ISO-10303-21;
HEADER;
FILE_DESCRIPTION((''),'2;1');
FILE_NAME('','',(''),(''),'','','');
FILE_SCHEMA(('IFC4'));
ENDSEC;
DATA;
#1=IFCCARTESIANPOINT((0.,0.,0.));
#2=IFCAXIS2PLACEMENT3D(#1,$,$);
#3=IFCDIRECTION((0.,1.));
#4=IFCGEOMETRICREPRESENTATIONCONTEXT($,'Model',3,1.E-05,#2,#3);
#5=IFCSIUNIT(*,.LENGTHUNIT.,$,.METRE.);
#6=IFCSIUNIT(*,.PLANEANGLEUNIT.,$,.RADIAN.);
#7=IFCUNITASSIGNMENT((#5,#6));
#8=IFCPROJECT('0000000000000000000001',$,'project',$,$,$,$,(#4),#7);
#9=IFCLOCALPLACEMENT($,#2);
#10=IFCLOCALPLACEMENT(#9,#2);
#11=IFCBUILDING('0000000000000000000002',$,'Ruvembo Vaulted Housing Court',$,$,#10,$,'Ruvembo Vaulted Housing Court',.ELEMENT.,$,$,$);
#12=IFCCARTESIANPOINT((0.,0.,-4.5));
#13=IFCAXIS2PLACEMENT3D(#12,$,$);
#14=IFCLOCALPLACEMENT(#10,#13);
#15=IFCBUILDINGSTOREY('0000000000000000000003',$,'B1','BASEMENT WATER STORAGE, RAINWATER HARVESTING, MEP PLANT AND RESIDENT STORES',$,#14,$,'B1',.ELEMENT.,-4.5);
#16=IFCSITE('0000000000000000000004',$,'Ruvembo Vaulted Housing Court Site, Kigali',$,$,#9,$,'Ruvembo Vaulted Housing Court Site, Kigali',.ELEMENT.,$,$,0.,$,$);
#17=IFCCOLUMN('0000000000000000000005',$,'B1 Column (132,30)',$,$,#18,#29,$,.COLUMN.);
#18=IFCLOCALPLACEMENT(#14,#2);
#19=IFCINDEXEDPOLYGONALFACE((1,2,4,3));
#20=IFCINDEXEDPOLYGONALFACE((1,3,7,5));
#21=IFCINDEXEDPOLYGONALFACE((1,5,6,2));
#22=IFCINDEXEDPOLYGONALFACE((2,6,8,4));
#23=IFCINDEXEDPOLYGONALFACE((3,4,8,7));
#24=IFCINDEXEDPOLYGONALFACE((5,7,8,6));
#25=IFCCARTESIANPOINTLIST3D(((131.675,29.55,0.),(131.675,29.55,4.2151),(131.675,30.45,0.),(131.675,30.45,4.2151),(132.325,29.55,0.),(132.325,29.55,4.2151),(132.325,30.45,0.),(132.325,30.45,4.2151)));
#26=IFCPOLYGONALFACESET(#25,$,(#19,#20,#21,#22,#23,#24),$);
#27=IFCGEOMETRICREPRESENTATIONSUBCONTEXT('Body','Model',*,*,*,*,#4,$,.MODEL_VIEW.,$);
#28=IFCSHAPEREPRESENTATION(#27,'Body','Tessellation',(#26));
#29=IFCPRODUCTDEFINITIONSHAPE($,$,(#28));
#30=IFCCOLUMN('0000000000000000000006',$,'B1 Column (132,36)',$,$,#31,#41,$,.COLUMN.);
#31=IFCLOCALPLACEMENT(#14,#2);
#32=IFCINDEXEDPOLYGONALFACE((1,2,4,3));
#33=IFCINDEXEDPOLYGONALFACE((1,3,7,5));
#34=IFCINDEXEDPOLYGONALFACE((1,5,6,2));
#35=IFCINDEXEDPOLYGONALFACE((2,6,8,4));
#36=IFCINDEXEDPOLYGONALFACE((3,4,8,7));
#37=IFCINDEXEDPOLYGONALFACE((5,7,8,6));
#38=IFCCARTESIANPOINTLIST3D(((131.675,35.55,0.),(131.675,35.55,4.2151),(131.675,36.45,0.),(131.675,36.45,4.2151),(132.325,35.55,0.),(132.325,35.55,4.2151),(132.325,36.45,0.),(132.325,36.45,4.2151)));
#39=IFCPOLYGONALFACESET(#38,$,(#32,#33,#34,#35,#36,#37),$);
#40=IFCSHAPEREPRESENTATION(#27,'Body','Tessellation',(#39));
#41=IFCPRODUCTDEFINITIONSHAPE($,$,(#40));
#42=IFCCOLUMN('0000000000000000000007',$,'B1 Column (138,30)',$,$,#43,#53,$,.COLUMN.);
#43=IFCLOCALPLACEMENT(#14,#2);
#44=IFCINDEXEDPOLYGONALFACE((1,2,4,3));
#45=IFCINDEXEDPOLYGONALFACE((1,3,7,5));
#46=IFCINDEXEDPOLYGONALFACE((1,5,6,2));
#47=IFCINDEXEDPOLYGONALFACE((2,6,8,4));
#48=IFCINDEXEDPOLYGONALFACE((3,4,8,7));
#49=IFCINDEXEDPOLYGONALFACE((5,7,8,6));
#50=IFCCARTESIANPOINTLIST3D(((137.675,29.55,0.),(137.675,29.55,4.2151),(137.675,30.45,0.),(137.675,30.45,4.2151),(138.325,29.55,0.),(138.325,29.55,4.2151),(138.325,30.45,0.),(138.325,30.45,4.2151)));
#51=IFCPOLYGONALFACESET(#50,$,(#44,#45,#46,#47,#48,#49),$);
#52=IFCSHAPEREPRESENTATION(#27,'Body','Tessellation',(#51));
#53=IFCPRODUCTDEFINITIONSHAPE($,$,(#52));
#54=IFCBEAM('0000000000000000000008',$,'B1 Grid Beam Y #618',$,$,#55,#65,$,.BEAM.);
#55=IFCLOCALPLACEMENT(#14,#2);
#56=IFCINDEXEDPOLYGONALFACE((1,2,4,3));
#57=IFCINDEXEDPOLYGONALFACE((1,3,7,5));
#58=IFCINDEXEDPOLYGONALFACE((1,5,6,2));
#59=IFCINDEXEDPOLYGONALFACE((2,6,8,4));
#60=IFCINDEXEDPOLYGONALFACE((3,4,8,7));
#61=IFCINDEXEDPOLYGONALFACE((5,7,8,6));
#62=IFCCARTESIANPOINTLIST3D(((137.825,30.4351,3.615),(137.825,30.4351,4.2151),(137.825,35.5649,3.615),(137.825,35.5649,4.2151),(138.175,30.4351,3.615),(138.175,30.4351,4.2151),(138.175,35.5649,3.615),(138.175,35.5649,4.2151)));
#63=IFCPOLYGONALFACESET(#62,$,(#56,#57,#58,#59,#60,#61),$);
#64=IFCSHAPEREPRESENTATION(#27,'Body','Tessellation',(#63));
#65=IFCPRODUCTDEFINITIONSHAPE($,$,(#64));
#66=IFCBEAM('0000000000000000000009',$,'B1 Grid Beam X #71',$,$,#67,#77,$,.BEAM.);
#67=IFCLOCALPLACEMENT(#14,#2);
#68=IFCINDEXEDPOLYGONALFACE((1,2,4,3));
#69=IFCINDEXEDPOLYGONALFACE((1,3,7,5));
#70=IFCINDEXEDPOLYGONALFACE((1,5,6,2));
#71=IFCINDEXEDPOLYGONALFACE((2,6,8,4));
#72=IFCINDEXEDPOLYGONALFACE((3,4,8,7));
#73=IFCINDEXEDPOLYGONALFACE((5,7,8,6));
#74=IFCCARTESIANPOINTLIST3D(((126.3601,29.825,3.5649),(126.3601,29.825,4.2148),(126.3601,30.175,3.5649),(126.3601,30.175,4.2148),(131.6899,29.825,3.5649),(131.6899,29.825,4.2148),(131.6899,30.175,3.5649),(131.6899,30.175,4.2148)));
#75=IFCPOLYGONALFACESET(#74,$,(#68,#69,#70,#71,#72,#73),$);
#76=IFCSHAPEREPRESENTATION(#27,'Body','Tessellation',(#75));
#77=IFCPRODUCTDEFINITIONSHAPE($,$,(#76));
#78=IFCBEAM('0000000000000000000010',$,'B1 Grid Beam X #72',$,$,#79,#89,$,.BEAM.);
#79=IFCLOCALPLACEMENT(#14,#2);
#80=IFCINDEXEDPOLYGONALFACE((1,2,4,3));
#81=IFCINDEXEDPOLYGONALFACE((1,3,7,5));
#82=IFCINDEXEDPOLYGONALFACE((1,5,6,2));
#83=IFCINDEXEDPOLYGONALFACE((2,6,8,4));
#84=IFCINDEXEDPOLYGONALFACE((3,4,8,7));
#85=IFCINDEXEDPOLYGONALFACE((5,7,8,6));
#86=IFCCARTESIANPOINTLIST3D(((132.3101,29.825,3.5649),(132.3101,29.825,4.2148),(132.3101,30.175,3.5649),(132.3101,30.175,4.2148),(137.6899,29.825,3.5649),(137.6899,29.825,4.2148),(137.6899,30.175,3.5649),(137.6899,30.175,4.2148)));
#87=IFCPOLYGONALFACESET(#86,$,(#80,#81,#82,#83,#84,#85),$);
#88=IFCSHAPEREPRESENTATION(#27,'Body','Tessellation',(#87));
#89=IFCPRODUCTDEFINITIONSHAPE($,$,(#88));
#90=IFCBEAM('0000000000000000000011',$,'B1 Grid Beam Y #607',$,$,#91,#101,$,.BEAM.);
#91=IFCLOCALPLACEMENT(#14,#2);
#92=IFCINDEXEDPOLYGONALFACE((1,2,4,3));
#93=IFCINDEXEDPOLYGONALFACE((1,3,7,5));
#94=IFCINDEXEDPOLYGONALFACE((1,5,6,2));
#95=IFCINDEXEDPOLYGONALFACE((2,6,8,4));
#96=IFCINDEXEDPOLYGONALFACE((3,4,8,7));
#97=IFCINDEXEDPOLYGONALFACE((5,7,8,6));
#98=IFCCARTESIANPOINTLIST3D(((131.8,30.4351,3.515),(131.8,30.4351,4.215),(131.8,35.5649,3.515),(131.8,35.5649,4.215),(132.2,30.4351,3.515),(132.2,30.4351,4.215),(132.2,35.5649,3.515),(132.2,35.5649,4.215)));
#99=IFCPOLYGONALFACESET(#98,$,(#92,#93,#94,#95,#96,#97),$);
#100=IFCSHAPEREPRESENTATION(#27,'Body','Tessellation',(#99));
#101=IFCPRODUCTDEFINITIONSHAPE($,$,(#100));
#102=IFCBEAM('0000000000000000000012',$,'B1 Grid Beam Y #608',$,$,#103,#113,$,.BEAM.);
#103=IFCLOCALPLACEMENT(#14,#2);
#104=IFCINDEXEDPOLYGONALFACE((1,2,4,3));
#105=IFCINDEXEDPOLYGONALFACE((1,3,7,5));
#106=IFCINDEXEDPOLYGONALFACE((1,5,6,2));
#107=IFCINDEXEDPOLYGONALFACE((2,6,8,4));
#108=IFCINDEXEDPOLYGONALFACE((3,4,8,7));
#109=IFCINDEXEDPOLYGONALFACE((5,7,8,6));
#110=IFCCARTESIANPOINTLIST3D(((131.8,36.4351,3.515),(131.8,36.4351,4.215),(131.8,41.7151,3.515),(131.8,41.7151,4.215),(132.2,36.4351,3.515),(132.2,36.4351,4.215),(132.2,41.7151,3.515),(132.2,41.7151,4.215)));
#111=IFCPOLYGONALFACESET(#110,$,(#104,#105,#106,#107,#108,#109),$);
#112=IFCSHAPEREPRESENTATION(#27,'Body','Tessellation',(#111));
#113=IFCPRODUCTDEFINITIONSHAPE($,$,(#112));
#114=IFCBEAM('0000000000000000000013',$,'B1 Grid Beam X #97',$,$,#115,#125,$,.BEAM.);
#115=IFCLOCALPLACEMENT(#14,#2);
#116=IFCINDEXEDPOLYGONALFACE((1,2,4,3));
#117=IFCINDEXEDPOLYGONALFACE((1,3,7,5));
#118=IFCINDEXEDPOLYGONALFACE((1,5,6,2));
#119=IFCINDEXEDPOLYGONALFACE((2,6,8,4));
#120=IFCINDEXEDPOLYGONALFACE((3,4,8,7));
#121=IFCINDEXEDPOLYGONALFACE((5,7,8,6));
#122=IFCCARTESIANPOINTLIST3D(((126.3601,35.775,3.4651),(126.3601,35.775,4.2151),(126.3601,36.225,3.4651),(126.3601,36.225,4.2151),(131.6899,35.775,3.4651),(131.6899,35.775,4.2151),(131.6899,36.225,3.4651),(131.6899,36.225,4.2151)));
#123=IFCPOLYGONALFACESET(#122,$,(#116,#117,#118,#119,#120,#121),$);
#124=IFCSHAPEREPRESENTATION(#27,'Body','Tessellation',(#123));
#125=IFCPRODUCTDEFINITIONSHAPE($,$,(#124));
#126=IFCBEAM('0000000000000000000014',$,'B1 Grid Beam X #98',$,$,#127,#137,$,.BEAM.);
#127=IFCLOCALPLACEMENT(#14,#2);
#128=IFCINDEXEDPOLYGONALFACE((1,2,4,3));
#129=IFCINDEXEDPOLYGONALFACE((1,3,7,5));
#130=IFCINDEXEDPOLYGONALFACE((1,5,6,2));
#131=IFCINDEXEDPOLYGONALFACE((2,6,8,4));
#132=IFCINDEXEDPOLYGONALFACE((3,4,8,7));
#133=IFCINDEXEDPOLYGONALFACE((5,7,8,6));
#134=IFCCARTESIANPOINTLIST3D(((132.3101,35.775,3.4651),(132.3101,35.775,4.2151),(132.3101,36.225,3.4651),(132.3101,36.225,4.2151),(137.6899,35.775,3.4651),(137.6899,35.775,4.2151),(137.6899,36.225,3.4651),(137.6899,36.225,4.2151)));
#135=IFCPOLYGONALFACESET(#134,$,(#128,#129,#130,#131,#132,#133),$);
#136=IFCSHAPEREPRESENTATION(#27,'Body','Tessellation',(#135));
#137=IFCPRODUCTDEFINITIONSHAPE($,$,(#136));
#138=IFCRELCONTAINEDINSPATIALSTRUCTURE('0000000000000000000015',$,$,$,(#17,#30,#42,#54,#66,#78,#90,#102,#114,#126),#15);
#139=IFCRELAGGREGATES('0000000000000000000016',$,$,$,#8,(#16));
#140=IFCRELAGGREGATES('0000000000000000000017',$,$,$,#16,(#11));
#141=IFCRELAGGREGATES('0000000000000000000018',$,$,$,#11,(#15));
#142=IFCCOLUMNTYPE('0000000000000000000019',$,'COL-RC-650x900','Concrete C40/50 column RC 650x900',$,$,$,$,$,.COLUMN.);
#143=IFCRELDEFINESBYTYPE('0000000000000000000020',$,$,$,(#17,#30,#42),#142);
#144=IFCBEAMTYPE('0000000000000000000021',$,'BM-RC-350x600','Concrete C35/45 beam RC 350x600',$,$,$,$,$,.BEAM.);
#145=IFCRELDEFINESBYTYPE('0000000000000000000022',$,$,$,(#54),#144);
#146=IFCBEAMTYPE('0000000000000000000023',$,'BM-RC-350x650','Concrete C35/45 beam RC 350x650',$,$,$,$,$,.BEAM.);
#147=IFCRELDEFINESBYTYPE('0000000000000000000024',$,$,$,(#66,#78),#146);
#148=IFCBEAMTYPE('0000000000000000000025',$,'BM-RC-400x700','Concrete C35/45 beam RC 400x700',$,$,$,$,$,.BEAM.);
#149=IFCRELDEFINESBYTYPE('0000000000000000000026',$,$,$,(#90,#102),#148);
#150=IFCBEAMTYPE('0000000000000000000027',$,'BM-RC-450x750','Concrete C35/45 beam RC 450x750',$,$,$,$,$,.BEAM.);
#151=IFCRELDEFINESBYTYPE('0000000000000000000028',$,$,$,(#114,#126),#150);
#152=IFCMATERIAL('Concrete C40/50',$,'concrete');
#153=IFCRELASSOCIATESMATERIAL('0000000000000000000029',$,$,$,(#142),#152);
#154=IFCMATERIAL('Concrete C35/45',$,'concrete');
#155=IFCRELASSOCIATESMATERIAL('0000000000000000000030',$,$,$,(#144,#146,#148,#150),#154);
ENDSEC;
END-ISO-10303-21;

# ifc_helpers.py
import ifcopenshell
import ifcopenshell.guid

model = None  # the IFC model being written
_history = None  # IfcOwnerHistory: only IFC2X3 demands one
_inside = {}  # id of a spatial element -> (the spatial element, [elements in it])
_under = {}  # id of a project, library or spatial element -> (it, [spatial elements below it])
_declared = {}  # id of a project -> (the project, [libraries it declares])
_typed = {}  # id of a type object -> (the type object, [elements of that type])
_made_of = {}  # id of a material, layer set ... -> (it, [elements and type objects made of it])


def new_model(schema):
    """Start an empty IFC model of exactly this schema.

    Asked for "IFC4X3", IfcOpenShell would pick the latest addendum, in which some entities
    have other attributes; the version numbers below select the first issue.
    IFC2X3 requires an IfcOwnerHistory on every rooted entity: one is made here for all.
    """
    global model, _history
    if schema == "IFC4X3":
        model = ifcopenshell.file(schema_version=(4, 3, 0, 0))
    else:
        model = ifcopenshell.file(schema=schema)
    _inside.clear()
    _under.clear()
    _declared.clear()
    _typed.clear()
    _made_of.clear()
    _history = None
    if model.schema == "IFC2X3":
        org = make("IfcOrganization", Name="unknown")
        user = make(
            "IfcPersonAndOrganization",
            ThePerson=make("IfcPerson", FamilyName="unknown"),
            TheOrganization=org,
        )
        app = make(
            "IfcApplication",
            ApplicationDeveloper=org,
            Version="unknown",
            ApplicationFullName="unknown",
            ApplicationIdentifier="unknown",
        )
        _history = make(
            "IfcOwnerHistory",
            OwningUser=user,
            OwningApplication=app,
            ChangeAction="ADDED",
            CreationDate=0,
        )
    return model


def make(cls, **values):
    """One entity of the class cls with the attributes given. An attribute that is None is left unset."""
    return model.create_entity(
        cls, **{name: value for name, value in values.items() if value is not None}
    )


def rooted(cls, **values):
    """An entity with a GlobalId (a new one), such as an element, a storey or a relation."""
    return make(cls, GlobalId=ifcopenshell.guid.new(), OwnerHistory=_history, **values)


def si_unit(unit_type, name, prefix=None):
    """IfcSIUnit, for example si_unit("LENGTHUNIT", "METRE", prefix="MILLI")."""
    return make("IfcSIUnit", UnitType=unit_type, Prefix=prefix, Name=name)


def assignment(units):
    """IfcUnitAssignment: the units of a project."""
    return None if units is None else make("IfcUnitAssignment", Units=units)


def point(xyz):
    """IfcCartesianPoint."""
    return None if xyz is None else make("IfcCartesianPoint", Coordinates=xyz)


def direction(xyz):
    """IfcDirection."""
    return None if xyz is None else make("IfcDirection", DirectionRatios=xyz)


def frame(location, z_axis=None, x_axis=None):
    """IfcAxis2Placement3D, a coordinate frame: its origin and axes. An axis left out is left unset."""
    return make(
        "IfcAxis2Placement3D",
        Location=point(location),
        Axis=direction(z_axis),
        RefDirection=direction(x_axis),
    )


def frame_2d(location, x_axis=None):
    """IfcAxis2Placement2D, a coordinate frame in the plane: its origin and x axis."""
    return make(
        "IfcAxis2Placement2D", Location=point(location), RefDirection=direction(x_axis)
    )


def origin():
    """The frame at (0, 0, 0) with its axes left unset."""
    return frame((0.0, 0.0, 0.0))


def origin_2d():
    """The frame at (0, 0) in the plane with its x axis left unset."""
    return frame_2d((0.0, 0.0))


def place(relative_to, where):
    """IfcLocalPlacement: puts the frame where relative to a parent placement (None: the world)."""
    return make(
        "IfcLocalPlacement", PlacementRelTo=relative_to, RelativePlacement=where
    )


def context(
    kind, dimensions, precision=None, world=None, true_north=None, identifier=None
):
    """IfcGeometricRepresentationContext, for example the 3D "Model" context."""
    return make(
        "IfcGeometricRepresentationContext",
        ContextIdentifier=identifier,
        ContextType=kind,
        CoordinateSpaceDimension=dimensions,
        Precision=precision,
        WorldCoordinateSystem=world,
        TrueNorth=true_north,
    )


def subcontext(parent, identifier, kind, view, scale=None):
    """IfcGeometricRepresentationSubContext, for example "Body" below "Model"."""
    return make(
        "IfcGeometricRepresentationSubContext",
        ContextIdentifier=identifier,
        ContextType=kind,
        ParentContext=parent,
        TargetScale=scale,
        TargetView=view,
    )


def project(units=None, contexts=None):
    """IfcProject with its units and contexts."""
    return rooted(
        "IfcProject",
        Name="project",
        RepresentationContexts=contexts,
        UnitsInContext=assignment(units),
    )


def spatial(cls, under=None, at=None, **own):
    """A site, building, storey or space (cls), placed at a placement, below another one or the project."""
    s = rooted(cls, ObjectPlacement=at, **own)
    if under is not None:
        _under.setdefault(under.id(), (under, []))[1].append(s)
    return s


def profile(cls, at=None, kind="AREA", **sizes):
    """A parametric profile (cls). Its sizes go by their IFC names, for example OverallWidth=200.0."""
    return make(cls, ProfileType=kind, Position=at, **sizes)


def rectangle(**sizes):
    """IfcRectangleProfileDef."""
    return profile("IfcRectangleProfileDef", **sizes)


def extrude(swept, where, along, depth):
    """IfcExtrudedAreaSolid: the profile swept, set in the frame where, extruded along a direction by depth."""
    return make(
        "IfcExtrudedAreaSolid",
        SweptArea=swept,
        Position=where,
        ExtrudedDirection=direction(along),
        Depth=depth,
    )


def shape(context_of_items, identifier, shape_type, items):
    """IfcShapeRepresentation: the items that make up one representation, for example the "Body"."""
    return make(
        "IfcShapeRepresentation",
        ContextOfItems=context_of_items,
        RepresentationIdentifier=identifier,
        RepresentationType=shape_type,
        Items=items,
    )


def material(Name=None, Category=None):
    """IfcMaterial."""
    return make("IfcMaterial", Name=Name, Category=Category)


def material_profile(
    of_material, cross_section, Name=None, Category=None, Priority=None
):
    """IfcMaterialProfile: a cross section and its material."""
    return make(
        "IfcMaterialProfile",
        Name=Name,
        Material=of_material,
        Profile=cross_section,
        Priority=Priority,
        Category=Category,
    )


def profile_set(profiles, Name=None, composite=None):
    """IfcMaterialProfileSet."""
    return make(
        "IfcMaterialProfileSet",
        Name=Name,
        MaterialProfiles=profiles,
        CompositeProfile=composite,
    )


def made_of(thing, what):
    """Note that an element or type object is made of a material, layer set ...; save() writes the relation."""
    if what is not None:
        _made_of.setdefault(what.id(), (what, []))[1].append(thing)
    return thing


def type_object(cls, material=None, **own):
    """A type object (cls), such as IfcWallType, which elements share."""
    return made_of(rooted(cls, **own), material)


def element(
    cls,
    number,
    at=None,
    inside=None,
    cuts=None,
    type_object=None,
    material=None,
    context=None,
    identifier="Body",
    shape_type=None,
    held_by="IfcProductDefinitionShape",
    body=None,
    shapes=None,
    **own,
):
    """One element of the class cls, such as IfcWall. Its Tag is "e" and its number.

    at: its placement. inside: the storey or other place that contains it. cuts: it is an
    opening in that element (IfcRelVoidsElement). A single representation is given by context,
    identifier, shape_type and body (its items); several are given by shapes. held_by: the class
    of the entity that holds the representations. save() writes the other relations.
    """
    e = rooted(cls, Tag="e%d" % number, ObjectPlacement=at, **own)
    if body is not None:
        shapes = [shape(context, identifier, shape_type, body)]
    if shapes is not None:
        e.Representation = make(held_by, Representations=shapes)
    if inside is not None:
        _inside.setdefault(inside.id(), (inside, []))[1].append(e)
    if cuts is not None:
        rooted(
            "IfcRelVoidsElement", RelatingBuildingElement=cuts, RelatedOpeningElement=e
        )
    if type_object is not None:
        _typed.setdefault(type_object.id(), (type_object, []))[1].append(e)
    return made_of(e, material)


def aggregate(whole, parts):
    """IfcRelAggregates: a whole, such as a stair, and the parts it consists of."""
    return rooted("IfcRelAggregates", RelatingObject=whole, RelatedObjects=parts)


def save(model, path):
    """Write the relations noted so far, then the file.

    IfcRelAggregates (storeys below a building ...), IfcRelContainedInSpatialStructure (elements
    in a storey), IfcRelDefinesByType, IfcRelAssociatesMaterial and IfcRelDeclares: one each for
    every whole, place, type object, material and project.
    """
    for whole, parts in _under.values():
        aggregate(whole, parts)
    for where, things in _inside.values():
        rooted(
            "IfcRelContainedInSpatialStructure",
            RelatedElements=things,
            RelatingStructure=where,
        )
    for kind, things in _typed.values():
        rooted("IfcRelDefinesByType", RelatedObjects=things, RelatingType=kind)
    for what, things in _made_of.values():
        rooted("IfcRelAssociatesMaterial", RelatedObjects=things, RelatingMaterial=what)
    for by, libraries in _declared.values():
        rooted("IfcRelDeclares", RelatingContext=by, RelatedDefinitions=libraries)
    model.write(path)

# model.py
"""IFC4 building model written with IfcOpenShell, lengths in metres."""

from ifc_helpers import new_model, si_unit, direction, frame, origin, origin_2d, place, context, subcontext, project, spatial, rectangle, extrude, material, material_profile, profile_set, type_object, element, save


model = new_model("IFC4")

# Units and contexts
model_context = context("Model", 3, precision=1e-05, world=origin(), true_north=direction((0.0, 1.0)))
body_context = subcontext(model_context, "Body", "Model", "MODEL_VIEW")
ifc_project = project(units=[si_unit("LENGTHUNIT", "METRE"), si_unit("PLANEANGLEUNIT", "RADIAN")], contexts=[model_context])

# Site, building, storey
site_placement = place(None, origin())
site = spatial("IfcSite", under=ifc_project, at=site_placement, Name="Ruvembo Vaulted Housing Court Site, Kigali", LongName="Ruvembo Vaulted Housing Court Site, Kigali", CompositionType="ELEMENT", RefElevation=0.0)
building_placement = place(site_placement, origin())
building = spatial("IfcBuilding", under=site, at=building_placement, Name="Ruvembo Vaulted Housing Court", LongName="Ruvembo Vaulted Housing Court", CompositionType="ELEMENT")
storey_placement = place(building_placement, frame((0.0, 0.0, -4.5)))
storey = spatial("IfcBuildingStorey", under=building, at=storey_placement, Name="B1", Description="BASEMENT WATER STORAGE, RAINWATER HARVESTING, MEP PLANT AND RESIDENT STORES", LongName="B1", CompositionType="ELEMENT", Elevation=-4.5)

# Shared definitions
ifc_material_1 = material(Name="Concrete C35/45", Category="concrete")

# Columns
ifc_material_2 = material(Name="Concrete C40/50", Category="concrete")
ifc_material_profile_1 = material_profile(ifc_material_2, rectangle(XDim=0.6499, YDim=0.8999, at=origin_2d()), Name="RC 650x900")
ifc_profile_set_1 = profile_set([ifc_material_profile_1], Name="Concrete C40/50")
column_type = type_object("IfcColumnType", Name="COL-RC-650x900", Description="Concrete C40/50 column RC 650x900", PredefinedType="COLUMN", material=ifc_profile_set_1)
for number, where, z_axis, x_axis, name in (
    (1, (132.0, 30.0, 0.0), (0.0, 0.0, 1.0), (1.0, 0.0, 0.0), "B1 Column (132,30)"),
    (2, (132.0, 36.0, 0.0), (0.0, 0.0, 1.0), (1.0, 0.0, 0.0), "B1 Column (132,36)"),
    (3, (138.0, 30.0, 0.0), (0.0, 0.0, 1.0), (1.0, 0.0, 0.0), "B1 Column (138,30)"),
):
    element("IfcColumn", number, at=place(storey_placement, frame(where, z_axis=z_axis, x_axis=x_axis)), inside=storey, type_object=column_type, Name=name, PredefinedType="COLUMN", context=body_context, shape_type="SweptSolid", body=[
        extrude(rectangle(XDim=0.6499, YDim=0.8999, at=origin_2d()), origin(), (0.0, 0.0, 1.0), 4.2151),
    ])

# Beams
ifc_material_profile_2 = material_profile(ifc_material_1, rectangle(XDim=0.3501, YDim=0.6001, at=origin_2d()), Name="RC 350x600")
ifc_profile_set_2 = profile_set([ifc_material_profile_2], Name="Concrete C35/45")
beam_type_1 = type_object("IfcBeamType", Name="BM-RC-350x600", Description="Concrete C35/45 beam RC 350x600", PredefinedType="BEAM", material=ifc_profile_set_2)
beam_1_placement = place(storey_placement, frame((138.0, 30.4351, 3.915), z_axis=(0.0, 1.0, 0.0), x_axis=(-1.0, 0.0, 0.0)))
element("IfcBeam", 4, at=beam_1_placement, inside=storey, type_object=beam_type_1, Name="B1 Grid Beam Y #618", PredefinedType="BEAM", context=body_context, shape_type="SweptSolid", body=[
    extrude(rectangle(XDim=0.3501, YDim=0.6001, at=origin_2d()), origin(), (0.0, 0.0, 1.0), 5.1299),
])
ifc_material_profile_3 = material_profile(ifc_material_1, rectangle(XDim=0.3501, YDim=0.6499, at=origin_2d()), Name="RC 350x650")
ifc_profile_set_3 = profile_set([ifc_material_profile_3], Name="Concrete C35/45")
beam_type_2 = type_object("IfcBeamType", Name="BM-RC-350x650", Description="Concrete C35/45 beam RC 350x650", PredefinedType="BEAM", material=ifc_profile_set_3)
beam_2_placement = place(storey_placement, frame((126.3601, 30.0, 3.8899), z_axis=(1.0, 0.0, 0.0), x_axis=(0.0, 1.0, 0.0)))
element("IfcBeam", 5, at=beam_2_placement, inside=storey, type_object=beam_type_2, Name="B1 Grid Beam X #71", PredefinedType="BEAM", context=body_context, shape_type="SweptSolid", body=[
    extrude(rectangle(XDim=0.3501, YDim=0.6499, at=origin_2d()), origin(), (0.0, 0.0, 1.0), 5.3298),
])
beam_3_placement = place(storey_placement, frame((132.3101, 30.0, 3.8899), z_axis=(1.0, 0.0, 0.0), x_axis=(0.0, 1.0, 0.0)))
element("IfcBeam", 6, at=beam_3_placement, inside=storey, type_object=beam_type_2, Name="B1 Grid Beam X #72", PredefinedType="BEAM", context=body_context, shape_type="SweptSolid", body=[
    extrude(rectangle(XDim=0.3501, YDim=0.6499, at=origin_2d()), origin(), (0.0, 0.0, 1.0), 5.3799),
])
ifc_material_profile_4 = material_profile(ifc_material_1, rectangle(XDim=0.3999, YDim=0.7, at=origin_2d()), Name="RC 400x700")
ifc_profile_set_4 = profile_set([ifc_material_profile_4], Name="Concrete C35/45")
beam_type_3 = type_object("IfcBeamType", Name="BM-RC-400x700", Description="Concrete C35/45 beam RC 400x700", PredefinedType="BEAM", material=ifc_profile_set_4)
beam_4_placement = place(storey_placement, frame((132.0, 30.4351, 3.865), z_axis=(0.0, 1.0, 0.0), x_axis=(-1.0, 0.0, 0.0)))
element("IfcBeam", 7, at=beam_4_placement, inside=storey, type_object=beam_type_3, Name="B1 Grid Beam Y #607", PredefinedType="BEAM", context=body_context, shape_type="SweptSolid", body=[
    extrude(rectangle(XDim=0.3999, YDim=0.7, at=origin_2d()), origin(), (0.0, 0.0, 1.0), 5.1299),
])
beam_5_placement = place(storey_placement, frame((132.0, 36.4351, 3.865), z_axis=(0.0, 1.0, 0.0), x_axis=(-1.0, 0.0, 0.0)))
element("IfcBeam", 8, at=beam_5_placement, inside=storey, type_object=beam_type_3, Name="B1 Grid Beam Y #608", PredefinedType="BEAM", context=body_context, shape_type="SweptSolid", body=[
    extrude(rectangle(XDim=0.3999, YDim=0.7, at=origin_2d()), origin(), (0.0, 0.0, 1.0), 5.28),
])
ifc_material_profile_5 = material_profile(ifc_material_1, rectangle(XDim=0.45, YDim=0.75, at=origin_2d()), Name="RC 450x750")
ifc_profile_set_5 = profile_set([ifc_material_profile_5], Name="Concrete C35/45")
beam_type_4 = type_object("IfcBeamType", Name="BM-RC-450x750", Description="Concrete C35/45 beam RC 450x750", PredefinedType="BEAM", material=ifc_profile_set_5)
beam_6_placement = place(storey_placement, frame((126.3601, 36.0, 3.8401), z_axis=(1.0, 0.0, 0.0), x_axis=(0.0, 1.0, 0.0)))
element("IfcBeam", 9, at=beam_6_placement, inside=storey, type_object=beam_type_4, Name="B1 Grid Beam X #97", PredefinedType="BEAM", context=body_context, shape_type="SweptSolid", body=[
    extrude(rectangle(XDim=0.45, YDim=0.75, at=origin_2d()), origin(), (0.0, 0.0, 1.0), 5.3298),
])
beam_7_placement = place(storey_placement, frame((132.3101, 36.0, 3.8401), z_axis=(1.0, 0.0, 0.0), x_axis=(0.0, 1.0, 0.0)))
element("IfcBeam", 10, at=beam_7_placement, inside=storey, type_object=beam_type_4, Name="B1 Grid Beam X #98", PredefinedType="BEAM", context=body_context, shape_type="SweptSolid", body=[
    extrude(rectangle(XDim=0.45, YDim=0.75, at=origin_2d()), origin(), (0.0, 0.0, 1.0), 5.3799),
])

save(model, "model.ifc")
